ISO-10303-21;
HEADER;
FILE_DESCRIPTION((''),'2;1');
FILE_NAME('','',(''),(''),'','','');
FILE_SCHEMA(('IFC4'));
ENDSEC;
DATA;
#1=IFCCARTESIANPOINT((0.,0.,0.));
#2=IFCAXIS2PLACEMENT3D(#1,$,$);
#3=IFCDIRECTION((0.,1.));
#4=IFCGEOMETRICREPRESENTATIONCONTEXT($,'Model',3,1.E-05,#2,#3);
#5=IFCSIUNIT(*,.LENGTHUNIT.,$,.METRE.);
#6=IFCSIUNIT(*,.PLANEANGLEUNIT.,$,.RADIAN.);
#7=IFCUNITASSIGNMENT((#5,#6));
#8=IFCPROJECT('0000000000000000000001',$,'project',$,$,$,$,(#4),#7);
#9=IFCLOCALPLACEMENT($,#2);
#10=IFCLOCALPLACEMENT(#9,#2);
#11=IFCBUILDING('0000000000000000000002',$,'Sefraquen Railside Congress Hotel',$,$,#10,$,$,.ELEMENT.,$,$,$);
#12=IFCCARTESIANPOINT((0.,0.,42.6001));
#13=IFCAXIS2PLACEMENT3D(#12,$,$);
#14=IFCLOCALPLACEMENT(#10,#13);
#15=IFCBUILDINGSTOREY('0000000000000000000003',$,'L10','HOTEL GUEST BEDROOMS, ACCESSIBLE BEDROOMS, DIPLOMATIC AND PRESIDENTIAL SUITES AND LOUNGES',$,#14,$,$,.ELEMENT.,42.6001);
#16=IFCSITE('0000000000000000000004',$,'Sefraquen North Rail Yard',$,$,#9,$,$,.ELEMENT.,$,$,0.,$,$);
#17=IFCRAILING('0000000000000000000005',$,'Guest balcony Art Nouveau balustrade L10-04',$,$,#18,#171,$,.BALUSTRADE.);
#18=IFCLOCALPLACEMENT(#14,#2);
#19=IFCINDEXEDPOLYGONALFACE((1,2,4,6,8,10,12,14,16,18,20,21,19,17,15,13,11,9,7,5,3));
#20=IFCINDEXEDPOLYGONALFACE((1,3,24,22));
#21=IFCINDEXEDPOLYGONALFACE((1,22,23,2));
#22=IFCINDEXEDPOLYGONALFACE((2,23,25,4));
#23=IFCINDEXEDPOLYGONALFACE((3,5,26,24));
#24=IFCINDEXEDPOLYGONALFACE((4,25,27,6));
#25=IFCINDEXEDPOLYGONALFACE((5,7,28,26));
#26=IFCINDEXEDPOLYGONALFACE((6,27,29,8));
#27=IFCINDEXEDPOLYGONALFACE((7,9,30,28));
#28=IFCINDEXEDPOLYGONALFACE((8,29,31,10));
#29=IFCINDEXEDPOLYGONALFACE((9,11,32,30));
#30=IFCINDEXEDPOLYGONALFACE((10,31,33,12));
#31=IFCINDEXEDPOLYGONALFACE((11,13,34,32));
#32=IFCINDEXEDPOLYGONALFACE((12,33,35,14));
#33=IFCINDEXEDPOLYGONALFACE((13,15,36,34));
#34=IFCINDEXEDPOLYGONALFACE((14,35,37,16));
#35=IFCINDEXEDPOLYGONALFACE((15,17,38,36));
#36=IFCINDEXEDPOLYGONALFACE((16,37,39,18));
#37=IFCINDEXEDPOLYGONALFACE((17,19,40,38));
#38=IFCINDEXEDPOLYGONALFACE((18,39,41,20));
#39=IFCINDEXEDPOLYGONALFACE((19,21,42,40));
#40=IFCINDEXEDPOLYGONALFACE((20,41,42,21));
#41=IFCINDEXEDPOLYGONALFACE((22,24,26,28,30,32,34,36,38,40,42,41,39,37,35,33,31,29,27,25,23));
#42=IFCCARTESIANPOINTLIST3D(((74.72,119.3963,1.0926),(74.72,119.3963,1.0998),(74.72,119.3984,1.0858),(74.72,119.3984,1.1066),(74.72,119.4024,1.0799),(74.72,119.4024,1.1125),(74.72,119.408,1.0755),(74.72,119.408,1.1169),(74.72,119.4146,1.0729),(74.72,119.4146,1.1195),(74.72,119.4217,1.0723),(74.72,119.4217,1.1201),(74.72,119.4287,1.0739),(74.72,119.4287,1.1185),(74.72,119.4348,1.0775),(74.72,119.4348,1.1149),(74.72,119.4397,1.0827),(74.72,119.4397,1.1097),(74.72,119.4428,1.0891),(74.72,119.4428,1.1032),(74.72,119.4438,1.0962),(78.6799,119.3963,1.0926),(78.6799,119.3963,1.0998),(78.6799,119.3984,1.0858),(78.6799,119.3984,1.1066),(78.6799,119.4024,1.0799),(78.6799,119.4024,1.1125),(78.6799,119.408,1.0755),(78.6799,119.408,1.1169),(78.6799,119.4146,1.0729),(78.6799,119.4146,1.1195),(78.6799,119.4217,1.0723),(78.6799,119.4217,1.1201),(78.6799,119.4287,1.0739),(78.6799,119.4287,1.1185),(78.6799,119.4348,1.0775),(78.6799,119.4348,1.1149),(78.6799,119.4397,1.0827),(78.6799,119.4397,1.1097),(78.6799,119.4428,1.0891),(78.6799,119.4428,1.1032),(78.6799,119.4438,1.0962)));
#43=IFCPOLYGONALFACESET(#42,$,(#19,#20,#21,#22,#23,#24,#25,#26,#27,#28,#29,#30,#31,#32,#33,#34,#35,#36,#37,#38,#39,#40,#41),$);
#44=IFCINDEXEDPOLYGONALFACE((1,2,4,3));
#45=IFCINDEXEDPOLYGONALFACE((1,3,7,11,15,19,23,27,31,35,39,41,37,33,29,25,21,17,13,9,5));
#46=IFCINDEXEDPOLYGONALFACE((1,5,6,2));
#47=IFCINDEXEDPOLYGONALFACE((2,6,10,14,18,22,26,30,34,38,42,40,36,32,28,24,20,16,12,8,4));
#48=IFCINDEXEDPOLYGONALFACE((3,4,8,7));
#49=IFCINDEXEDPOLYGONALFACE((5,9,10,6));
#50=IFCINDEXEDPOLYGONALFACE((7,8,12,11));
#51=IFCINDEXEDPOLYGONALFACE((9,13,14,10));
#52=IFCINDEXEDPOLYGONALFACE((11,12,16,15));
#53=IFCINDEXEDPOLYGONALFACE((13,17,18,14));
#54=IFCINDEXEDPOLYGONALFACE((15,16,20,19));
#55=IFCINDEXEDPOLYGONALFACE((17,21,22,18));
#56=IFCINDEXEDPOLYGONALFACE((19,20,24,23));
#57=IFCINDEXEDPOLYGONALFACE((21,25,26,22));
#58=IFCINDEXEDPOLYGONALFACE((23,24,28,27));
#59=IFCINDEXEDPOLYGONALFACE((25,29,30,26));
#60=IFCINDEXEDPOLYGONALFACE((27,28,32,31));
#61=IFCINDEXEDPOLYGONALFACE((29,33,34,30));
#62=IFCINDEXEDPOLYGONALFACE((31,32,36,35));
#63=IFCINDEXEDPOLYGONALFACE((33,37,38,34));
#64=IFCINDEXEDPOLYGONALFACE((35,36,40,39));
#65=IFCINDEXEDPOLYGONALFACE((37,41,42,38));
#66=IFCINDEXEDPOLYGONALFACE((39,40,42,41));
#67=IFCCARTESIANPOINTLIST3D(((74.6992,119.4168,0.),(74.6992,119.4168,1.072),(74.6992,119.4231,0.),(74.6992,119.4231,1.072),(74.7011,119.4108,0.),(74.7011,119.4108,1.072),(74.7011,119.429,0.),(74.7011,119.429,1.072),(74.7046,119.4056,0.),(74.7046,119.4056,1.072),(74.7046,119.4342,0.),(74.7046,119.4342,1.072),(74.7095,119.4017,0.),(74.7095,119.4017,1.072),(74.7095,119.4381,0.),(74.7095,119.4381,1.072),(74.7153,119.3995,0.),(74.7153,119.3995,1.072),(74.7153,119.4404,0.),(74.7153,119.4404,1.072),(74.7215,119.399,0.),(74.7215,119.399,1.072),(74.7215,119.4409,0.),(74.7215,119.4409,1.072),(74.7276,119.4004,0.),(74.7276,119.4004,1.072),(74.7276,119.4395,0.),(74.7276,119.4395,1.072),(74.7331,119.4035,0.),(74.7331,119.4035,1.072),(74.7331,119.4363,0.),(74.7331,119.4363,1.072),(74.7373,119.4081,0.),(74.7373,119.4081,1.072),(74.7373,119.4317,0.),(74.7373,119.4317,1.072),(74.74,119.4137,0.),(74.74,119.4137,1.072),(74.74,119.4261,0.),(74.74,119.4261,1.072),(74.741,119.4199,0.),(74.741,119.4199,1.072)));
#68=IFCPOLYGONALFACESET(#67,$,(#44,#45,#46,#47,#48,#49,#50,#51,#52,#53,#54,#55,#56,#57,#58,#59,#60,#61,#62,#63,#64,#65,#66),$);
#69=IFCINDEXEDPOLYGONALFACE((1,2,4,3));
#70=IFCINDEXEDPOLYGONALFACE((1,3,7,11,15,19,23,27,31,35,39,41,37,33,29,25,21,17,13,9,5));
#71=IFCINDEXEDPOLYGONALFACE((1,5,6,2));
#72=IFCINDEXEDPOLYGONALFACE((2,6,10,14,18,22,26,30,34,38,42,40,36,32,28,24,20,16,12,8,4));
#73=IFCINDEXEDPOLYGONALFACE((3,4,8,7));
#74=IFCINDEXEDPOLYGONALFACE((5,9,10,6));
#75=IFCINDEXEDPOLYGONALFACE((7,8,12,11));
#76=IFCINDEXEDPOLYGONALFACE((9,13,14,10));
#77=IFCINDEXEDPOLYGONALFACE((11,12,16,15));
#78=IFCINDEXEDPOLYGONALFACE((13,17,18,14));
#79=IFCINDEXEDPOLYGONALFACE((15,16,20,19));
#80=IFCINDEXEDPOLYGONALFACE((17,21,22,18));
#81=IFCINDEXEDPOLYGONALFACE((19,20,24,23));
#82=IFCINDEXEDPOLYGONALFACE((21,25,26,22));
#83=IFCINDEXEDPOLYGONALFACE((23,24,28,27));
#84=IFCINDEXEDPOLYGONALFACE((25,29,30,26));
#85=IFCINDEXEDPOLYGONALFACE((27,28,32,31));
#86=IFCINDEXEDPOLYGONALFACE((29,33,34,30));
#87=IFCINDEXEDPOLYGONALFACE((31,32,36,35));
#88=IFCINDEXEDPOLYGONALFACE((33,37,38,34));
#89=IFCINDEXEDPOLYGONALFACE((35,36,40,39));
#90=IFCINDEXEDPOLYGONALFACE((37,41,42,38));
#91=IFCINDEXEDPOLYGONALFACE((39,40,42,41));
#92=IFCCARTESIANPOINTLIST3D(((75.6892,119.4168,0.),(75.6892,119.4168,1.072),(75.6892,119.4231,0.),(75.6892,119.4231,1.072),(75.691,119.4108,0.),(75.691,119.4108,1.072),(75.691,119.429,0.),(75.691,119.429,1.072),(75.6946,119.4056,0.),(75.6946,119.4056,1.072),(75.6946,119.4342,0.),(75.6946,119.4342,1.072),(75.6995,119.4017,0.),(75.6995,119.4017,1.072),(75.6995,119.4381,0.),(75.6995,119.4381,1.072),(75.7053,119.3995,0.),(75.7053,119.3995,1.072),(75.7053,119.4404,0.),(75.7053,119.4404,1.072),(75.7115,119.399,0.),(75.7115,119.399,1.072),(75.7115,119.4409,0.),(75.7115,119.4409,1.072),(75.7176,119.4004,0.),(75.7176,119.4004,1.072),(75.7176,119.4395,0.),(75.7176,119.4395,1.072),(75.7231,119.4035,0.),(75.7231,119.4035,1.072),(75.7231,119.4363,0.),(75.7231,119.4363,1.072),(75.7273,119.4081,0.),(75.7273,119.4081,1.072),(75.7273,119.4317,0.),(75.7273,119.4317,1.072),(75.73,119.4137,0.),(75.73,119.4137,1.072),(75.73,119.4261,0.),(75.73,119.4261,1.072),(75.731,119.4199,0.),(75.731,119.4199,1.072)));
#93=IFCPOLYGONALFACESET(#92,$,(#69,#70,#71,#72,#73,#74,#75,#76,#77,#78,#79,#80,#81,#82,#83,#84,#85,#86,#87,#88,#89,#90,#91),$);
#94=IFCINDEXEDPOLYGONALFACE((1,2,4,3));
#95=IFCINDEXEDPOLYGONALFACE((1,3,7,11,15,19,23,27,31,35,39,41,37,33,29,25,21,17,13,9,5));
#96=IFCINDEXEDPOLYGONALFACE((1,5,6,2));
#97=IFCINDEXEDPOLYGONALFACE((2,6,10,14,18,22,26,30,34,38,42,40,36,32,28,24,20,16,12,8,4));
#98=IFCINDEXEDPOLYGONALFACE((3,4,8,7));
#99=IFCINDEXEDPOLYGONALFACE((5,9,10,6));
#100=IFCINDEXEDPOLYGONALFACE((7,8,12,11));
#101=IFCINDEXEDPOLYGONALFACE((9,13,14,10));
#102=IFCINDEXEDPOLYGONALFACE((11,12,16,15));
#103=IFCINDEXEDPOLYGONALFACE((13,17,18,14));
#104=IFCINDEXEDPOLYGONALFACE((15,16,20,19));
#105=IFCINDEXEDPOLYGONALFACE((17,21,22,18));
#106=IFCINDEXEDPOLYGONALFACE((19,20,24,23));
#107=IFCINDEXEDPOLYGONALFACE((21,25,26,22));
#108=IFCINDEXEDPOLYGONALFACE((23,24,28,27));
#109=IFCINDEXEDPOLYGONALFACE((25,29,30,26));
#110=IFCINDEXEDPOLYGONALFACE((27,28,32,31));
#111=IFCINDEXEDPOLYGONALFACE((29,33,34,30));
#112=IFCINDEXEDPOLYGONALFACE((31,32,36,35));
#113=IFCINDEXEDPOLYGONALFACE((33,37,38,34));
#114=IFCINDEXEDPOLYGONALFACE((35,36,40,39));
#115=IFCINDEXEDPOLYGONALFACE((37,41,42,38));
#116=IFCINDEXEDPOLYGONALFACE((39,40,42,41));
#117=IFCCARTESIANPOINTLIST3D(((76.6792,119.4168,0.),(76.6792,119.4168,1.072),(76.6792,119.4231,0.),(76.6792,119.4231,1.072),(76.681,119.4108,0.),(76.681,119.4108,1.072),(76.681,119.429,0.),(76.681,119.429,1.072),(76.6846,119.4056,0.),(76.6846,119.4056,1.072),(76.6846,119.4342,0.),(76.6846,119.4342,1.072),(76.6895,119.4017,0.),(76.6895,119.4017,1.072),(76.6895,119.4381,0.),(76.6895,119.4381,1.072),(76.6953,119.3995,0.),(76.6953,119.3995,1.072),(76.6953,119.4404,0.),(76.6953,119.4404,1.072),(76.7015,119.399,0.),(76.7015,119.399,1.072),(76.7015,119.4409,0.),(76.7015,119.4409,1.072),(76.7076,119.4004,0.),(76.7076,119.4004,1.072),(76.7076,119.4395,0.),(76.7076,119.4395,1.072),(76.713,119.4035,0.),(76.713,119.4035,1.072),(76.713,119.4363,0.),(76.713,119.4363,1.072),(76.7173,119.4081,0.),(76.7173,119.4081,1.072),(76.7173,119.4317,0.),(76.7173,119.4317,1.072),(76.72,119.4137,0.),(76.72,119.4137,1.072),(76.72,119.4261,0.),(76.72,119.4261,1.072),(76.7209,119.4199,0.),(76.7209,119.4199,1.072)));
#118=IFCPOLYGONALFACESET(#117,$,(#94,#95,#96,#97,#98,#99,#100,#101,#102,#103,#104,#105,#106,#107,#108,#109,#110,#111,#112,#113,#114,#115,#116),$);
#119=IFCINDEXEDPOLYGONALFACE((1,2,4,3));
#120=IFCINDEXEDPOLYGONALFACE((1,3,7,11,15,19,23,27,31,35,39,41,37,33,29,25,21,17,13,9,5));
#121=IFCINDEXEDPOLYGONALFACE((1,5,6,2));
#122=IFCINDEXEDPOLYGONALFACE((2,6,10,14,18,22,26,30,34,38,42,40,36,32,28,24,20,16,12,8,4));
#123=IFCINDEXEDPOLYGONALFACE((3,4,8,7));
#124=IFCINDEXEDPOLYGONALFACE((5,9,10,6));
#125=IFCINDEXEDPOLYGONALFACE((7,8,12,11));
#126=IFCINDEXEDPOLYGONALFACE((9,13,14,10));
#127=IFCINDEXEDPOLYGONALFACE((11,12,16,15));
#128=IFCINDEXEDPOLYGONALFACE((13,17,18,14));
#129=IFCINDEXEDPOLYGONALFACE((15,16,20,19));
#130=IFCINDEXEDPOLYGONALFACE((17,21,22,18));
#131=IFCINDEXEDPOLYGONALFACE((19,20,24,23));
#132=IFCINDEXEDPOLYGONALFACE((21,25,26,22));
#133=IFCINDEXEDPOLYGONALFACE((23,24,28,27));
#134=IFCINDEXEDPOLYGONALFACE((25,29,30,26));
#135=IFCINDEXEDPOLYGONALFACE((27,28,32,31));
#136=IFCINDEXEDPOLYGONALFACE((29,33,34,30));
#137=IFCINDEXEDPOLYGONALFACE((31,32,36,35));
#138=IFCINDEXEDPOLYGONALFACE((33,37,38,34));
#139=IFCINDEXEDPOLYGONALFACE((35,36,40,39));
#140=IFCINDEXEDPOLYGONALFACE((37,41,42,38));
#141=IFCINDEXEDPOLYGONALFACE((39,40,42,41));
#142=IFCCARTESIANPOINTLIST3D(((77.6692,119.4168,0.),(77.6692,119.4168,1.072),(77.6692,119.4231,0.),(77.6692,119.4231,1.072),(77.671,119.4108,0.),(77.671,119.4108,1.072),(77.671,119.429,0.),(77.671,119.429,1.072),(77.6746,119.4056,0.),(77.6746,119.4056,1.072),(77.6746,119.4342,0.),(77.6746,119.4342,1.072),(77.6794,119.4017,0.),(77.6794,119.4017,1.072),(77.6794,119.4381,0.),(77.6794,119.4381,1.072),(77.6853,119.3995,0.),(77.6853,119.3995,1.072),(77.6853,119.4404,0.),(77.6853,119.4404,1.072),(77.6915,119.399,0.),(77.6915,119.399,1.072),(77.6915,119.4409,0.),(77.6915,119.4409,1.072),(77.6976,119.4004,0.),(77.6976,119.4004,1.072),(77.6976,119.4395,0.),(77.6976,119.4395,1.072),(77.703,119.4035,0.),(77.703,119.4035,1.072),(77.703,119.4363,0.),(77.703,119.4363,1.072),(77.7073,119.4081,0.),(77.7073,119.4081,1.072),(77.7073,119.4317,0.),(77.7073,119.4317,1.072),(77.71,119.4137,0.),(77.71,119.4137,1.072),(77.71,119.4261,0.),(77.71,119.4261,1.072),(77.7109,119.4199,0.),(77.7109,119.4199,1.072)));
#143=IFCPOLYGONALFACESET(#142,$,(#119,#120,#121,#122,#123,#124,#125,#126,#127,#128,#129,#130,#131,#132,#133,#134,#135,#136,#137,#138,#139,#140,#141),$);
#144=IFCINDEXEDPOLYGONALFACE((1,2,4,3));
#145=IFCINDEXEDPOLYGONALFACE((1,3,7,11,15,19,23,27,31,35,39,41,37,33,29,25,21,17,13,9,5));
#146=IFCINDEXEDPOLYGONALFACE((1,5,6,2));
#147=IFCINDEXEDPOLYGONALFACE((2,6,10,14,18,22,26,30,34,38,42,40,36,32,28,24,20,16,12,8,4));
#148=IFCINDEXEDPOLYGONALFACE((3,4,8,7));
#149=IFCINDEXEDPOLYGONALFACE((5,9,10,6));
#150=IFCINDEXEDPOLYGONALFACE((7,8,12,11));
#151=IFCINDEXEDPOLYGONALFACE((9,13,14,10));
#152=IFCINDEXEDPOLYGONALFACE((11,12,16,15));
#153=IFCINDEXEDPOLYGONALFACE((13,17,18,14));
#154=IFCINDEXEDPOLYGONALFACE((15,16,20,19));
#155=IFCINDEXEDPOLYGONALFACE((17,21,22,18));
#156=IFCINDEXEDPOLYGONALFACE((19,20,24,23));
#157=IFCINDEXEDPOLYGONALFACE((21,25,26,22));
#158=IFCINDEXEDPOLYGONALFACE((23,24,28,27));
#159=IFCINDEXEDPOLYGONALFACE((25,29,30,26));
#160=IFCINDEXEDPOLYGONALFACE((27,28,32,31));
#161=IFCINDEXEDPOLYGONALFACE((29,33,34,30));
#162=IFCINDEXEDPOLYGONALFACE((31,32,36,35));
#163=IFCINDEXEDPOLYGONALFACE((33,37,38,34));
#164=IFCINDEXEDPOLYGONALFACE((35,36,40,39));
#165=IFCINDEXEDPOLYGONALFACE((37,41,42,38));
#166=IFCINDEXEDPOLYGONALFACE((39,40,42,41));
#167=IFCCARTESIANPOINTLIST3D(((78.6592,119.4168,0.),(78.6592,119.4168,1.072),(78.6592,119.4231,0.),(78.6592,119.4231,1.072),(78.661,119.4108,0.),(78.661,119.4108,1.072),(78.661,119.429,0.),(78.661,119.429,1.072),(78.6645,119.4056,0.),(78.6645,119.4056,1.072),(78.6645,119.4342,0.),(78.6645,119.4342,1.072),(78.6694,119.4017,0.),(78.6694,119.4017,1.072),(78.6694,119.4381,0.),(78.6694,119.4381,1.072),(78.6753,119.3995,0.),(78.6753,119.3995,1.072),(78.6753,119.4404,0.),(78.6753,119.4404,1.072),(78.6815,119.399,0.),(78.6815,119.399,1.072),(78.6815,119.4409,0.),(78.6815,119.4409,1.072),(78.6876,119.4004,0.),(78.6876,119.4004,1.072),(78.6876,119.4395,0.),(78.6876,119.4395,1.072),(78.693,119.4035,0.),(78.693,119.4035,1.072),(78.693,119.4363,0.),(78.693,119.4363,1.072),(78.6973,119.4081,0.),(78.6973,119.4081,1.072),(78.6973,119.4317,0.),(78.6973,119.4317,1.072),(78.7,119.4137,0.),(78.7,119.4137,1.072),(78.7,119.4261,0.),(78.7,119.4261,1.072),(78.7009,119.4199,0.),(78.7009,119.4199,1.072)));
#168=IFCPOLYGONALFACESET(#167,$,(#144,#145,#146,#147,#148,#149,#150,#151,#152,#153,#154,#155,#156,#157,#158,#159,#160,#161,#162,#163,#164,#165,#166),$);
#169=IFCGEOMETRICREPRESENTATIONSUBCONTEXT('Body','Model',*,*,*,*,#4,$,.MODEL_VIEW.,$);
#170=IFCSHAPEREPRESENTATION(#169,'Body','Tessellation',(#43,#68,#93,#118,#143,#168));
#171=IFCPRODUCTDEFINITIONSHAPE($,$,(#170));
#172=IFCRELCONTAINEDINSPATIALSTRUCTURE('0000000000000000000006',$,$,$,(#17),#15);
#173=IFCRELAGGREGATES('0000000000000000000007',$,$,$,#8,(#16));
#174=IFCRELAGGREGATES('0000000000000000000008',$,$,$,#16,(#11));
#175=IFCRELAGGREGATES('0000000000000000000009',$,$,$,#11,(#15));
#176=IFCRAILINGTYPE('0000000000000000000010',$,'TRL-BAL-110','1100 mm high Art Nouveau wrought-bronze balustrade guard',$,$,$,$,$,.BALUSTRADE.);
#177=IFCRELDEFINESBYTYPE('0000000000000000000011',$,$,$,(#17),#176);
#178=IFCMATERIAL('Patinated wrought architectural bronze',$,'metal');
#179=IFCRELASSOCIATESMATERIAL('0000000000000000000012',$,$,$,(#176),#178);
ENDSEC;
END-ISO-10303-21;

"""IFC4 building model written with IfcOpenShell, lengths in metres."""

from ifc_helpers import new_model, si_unit, direction, frame, origin, origin_2d, place, context, subcontext, project, spatial, circle, extrude, material, type_object, element, save


model = new_model("IFC4")

# Units and contexts
model_context = context("Model", 3, precision=1e-05, world=origin(), true_north=direction((0.0, 1.0)))
body_context = subcontext(model_context, "Body", "Model", "MODEL_VIEW")
ifc_project = project(units=[si_unit("LENGTHUNIT", "METRE"), si_unit("PLANEANGLEUNIT", "RADIAN")], contexts=[model_context])

# Site, building, storey
site_placement = place(None, origin())
site = spatial("IfcSite", under=ifc_project, at=site_placement, Name="Sefraquen North Rail Yard", CompositionType="ELEMENT", RefElevation=0.0)
building_placement = place(site_placement, origin())
building = spatial("IfcBuilding", under=site, at=building_placement, Name="Sefraquen Railside Congress Hotel", CompositionType="ELEMENT")
storey_placement = place(building_placement, frame((0.0, 0.0, 42.6001)))
storey = spatial("IfcBuildingStorey", under=building, at=storey_placement, Name="L10", Description="HOTEL GUEST BEDROOMS, ACCESSIBLE BEDROOMS, DIPLOMATIC AND PRESIDENTIAL SUITES AND LOUNGES", CompositionType="ELEMENT", Elevation=42.6001)

# Railing
ifc_material_1 = material(Name="Patinated wrought architectural bronze", Category="metal")
railing_type = type_object("IfcRailingType", Name="TRL-BAL-110", Description="1100 mm high Art Nouveau wrought-bronze balustrade guard", PredefinedType="BALUSTRADE", material=ifc_material_1)
railing_1_placement = place(storey_placement, frame((74.72, 119.4199, 0.0)))
element("IfcRailing", 1, at=railing_1_placement, inside=storey, type_object=railing_type, Name="Guest balcony Art Nouveau balustrade L10-04", PredefinedType="BALUSTRADE", context=body_context, shape_type="SweptSolid", body=[
    extrude(circle(Radius=0.0239, at=origin_2d()), frame((0.0, 0.0, 1.0962), z_axis=(1.0, 0.0, 0.0), x_axis=(0.0, 1.0, 0.0)), (0.0, 0.0, 1.0), 3.96),
    extrude(circle(Radius=0.021, at=origin_2d()), origin(), (0.0, 0.0, 1.0), 1.072),
    extrude(circle(Radius=0.021, at=origin_2d()), frame((0.99, 0.0, 0.0)), (0.0, 0.0, 1.0), 1.072),
    extrude(circle(Radius=0.021, at=origin_2d()), frame((1.98, 0.0, 0.0)), (0.0, 0.0, 1.0), 1.072),
    extrude(circle(Radius=0.021, at=origin_2d()), frame((2.97, 0.0, 0.0)), (0.0, 0.0, 1.0), 1.072),
    extrude(circle(Radius=0.021, at=origin_2d()), frame((3.96, 0.0, 0.0)), (0.0, 0.0, 1.0), 1.072),
])

save(model, "model.ifc")
